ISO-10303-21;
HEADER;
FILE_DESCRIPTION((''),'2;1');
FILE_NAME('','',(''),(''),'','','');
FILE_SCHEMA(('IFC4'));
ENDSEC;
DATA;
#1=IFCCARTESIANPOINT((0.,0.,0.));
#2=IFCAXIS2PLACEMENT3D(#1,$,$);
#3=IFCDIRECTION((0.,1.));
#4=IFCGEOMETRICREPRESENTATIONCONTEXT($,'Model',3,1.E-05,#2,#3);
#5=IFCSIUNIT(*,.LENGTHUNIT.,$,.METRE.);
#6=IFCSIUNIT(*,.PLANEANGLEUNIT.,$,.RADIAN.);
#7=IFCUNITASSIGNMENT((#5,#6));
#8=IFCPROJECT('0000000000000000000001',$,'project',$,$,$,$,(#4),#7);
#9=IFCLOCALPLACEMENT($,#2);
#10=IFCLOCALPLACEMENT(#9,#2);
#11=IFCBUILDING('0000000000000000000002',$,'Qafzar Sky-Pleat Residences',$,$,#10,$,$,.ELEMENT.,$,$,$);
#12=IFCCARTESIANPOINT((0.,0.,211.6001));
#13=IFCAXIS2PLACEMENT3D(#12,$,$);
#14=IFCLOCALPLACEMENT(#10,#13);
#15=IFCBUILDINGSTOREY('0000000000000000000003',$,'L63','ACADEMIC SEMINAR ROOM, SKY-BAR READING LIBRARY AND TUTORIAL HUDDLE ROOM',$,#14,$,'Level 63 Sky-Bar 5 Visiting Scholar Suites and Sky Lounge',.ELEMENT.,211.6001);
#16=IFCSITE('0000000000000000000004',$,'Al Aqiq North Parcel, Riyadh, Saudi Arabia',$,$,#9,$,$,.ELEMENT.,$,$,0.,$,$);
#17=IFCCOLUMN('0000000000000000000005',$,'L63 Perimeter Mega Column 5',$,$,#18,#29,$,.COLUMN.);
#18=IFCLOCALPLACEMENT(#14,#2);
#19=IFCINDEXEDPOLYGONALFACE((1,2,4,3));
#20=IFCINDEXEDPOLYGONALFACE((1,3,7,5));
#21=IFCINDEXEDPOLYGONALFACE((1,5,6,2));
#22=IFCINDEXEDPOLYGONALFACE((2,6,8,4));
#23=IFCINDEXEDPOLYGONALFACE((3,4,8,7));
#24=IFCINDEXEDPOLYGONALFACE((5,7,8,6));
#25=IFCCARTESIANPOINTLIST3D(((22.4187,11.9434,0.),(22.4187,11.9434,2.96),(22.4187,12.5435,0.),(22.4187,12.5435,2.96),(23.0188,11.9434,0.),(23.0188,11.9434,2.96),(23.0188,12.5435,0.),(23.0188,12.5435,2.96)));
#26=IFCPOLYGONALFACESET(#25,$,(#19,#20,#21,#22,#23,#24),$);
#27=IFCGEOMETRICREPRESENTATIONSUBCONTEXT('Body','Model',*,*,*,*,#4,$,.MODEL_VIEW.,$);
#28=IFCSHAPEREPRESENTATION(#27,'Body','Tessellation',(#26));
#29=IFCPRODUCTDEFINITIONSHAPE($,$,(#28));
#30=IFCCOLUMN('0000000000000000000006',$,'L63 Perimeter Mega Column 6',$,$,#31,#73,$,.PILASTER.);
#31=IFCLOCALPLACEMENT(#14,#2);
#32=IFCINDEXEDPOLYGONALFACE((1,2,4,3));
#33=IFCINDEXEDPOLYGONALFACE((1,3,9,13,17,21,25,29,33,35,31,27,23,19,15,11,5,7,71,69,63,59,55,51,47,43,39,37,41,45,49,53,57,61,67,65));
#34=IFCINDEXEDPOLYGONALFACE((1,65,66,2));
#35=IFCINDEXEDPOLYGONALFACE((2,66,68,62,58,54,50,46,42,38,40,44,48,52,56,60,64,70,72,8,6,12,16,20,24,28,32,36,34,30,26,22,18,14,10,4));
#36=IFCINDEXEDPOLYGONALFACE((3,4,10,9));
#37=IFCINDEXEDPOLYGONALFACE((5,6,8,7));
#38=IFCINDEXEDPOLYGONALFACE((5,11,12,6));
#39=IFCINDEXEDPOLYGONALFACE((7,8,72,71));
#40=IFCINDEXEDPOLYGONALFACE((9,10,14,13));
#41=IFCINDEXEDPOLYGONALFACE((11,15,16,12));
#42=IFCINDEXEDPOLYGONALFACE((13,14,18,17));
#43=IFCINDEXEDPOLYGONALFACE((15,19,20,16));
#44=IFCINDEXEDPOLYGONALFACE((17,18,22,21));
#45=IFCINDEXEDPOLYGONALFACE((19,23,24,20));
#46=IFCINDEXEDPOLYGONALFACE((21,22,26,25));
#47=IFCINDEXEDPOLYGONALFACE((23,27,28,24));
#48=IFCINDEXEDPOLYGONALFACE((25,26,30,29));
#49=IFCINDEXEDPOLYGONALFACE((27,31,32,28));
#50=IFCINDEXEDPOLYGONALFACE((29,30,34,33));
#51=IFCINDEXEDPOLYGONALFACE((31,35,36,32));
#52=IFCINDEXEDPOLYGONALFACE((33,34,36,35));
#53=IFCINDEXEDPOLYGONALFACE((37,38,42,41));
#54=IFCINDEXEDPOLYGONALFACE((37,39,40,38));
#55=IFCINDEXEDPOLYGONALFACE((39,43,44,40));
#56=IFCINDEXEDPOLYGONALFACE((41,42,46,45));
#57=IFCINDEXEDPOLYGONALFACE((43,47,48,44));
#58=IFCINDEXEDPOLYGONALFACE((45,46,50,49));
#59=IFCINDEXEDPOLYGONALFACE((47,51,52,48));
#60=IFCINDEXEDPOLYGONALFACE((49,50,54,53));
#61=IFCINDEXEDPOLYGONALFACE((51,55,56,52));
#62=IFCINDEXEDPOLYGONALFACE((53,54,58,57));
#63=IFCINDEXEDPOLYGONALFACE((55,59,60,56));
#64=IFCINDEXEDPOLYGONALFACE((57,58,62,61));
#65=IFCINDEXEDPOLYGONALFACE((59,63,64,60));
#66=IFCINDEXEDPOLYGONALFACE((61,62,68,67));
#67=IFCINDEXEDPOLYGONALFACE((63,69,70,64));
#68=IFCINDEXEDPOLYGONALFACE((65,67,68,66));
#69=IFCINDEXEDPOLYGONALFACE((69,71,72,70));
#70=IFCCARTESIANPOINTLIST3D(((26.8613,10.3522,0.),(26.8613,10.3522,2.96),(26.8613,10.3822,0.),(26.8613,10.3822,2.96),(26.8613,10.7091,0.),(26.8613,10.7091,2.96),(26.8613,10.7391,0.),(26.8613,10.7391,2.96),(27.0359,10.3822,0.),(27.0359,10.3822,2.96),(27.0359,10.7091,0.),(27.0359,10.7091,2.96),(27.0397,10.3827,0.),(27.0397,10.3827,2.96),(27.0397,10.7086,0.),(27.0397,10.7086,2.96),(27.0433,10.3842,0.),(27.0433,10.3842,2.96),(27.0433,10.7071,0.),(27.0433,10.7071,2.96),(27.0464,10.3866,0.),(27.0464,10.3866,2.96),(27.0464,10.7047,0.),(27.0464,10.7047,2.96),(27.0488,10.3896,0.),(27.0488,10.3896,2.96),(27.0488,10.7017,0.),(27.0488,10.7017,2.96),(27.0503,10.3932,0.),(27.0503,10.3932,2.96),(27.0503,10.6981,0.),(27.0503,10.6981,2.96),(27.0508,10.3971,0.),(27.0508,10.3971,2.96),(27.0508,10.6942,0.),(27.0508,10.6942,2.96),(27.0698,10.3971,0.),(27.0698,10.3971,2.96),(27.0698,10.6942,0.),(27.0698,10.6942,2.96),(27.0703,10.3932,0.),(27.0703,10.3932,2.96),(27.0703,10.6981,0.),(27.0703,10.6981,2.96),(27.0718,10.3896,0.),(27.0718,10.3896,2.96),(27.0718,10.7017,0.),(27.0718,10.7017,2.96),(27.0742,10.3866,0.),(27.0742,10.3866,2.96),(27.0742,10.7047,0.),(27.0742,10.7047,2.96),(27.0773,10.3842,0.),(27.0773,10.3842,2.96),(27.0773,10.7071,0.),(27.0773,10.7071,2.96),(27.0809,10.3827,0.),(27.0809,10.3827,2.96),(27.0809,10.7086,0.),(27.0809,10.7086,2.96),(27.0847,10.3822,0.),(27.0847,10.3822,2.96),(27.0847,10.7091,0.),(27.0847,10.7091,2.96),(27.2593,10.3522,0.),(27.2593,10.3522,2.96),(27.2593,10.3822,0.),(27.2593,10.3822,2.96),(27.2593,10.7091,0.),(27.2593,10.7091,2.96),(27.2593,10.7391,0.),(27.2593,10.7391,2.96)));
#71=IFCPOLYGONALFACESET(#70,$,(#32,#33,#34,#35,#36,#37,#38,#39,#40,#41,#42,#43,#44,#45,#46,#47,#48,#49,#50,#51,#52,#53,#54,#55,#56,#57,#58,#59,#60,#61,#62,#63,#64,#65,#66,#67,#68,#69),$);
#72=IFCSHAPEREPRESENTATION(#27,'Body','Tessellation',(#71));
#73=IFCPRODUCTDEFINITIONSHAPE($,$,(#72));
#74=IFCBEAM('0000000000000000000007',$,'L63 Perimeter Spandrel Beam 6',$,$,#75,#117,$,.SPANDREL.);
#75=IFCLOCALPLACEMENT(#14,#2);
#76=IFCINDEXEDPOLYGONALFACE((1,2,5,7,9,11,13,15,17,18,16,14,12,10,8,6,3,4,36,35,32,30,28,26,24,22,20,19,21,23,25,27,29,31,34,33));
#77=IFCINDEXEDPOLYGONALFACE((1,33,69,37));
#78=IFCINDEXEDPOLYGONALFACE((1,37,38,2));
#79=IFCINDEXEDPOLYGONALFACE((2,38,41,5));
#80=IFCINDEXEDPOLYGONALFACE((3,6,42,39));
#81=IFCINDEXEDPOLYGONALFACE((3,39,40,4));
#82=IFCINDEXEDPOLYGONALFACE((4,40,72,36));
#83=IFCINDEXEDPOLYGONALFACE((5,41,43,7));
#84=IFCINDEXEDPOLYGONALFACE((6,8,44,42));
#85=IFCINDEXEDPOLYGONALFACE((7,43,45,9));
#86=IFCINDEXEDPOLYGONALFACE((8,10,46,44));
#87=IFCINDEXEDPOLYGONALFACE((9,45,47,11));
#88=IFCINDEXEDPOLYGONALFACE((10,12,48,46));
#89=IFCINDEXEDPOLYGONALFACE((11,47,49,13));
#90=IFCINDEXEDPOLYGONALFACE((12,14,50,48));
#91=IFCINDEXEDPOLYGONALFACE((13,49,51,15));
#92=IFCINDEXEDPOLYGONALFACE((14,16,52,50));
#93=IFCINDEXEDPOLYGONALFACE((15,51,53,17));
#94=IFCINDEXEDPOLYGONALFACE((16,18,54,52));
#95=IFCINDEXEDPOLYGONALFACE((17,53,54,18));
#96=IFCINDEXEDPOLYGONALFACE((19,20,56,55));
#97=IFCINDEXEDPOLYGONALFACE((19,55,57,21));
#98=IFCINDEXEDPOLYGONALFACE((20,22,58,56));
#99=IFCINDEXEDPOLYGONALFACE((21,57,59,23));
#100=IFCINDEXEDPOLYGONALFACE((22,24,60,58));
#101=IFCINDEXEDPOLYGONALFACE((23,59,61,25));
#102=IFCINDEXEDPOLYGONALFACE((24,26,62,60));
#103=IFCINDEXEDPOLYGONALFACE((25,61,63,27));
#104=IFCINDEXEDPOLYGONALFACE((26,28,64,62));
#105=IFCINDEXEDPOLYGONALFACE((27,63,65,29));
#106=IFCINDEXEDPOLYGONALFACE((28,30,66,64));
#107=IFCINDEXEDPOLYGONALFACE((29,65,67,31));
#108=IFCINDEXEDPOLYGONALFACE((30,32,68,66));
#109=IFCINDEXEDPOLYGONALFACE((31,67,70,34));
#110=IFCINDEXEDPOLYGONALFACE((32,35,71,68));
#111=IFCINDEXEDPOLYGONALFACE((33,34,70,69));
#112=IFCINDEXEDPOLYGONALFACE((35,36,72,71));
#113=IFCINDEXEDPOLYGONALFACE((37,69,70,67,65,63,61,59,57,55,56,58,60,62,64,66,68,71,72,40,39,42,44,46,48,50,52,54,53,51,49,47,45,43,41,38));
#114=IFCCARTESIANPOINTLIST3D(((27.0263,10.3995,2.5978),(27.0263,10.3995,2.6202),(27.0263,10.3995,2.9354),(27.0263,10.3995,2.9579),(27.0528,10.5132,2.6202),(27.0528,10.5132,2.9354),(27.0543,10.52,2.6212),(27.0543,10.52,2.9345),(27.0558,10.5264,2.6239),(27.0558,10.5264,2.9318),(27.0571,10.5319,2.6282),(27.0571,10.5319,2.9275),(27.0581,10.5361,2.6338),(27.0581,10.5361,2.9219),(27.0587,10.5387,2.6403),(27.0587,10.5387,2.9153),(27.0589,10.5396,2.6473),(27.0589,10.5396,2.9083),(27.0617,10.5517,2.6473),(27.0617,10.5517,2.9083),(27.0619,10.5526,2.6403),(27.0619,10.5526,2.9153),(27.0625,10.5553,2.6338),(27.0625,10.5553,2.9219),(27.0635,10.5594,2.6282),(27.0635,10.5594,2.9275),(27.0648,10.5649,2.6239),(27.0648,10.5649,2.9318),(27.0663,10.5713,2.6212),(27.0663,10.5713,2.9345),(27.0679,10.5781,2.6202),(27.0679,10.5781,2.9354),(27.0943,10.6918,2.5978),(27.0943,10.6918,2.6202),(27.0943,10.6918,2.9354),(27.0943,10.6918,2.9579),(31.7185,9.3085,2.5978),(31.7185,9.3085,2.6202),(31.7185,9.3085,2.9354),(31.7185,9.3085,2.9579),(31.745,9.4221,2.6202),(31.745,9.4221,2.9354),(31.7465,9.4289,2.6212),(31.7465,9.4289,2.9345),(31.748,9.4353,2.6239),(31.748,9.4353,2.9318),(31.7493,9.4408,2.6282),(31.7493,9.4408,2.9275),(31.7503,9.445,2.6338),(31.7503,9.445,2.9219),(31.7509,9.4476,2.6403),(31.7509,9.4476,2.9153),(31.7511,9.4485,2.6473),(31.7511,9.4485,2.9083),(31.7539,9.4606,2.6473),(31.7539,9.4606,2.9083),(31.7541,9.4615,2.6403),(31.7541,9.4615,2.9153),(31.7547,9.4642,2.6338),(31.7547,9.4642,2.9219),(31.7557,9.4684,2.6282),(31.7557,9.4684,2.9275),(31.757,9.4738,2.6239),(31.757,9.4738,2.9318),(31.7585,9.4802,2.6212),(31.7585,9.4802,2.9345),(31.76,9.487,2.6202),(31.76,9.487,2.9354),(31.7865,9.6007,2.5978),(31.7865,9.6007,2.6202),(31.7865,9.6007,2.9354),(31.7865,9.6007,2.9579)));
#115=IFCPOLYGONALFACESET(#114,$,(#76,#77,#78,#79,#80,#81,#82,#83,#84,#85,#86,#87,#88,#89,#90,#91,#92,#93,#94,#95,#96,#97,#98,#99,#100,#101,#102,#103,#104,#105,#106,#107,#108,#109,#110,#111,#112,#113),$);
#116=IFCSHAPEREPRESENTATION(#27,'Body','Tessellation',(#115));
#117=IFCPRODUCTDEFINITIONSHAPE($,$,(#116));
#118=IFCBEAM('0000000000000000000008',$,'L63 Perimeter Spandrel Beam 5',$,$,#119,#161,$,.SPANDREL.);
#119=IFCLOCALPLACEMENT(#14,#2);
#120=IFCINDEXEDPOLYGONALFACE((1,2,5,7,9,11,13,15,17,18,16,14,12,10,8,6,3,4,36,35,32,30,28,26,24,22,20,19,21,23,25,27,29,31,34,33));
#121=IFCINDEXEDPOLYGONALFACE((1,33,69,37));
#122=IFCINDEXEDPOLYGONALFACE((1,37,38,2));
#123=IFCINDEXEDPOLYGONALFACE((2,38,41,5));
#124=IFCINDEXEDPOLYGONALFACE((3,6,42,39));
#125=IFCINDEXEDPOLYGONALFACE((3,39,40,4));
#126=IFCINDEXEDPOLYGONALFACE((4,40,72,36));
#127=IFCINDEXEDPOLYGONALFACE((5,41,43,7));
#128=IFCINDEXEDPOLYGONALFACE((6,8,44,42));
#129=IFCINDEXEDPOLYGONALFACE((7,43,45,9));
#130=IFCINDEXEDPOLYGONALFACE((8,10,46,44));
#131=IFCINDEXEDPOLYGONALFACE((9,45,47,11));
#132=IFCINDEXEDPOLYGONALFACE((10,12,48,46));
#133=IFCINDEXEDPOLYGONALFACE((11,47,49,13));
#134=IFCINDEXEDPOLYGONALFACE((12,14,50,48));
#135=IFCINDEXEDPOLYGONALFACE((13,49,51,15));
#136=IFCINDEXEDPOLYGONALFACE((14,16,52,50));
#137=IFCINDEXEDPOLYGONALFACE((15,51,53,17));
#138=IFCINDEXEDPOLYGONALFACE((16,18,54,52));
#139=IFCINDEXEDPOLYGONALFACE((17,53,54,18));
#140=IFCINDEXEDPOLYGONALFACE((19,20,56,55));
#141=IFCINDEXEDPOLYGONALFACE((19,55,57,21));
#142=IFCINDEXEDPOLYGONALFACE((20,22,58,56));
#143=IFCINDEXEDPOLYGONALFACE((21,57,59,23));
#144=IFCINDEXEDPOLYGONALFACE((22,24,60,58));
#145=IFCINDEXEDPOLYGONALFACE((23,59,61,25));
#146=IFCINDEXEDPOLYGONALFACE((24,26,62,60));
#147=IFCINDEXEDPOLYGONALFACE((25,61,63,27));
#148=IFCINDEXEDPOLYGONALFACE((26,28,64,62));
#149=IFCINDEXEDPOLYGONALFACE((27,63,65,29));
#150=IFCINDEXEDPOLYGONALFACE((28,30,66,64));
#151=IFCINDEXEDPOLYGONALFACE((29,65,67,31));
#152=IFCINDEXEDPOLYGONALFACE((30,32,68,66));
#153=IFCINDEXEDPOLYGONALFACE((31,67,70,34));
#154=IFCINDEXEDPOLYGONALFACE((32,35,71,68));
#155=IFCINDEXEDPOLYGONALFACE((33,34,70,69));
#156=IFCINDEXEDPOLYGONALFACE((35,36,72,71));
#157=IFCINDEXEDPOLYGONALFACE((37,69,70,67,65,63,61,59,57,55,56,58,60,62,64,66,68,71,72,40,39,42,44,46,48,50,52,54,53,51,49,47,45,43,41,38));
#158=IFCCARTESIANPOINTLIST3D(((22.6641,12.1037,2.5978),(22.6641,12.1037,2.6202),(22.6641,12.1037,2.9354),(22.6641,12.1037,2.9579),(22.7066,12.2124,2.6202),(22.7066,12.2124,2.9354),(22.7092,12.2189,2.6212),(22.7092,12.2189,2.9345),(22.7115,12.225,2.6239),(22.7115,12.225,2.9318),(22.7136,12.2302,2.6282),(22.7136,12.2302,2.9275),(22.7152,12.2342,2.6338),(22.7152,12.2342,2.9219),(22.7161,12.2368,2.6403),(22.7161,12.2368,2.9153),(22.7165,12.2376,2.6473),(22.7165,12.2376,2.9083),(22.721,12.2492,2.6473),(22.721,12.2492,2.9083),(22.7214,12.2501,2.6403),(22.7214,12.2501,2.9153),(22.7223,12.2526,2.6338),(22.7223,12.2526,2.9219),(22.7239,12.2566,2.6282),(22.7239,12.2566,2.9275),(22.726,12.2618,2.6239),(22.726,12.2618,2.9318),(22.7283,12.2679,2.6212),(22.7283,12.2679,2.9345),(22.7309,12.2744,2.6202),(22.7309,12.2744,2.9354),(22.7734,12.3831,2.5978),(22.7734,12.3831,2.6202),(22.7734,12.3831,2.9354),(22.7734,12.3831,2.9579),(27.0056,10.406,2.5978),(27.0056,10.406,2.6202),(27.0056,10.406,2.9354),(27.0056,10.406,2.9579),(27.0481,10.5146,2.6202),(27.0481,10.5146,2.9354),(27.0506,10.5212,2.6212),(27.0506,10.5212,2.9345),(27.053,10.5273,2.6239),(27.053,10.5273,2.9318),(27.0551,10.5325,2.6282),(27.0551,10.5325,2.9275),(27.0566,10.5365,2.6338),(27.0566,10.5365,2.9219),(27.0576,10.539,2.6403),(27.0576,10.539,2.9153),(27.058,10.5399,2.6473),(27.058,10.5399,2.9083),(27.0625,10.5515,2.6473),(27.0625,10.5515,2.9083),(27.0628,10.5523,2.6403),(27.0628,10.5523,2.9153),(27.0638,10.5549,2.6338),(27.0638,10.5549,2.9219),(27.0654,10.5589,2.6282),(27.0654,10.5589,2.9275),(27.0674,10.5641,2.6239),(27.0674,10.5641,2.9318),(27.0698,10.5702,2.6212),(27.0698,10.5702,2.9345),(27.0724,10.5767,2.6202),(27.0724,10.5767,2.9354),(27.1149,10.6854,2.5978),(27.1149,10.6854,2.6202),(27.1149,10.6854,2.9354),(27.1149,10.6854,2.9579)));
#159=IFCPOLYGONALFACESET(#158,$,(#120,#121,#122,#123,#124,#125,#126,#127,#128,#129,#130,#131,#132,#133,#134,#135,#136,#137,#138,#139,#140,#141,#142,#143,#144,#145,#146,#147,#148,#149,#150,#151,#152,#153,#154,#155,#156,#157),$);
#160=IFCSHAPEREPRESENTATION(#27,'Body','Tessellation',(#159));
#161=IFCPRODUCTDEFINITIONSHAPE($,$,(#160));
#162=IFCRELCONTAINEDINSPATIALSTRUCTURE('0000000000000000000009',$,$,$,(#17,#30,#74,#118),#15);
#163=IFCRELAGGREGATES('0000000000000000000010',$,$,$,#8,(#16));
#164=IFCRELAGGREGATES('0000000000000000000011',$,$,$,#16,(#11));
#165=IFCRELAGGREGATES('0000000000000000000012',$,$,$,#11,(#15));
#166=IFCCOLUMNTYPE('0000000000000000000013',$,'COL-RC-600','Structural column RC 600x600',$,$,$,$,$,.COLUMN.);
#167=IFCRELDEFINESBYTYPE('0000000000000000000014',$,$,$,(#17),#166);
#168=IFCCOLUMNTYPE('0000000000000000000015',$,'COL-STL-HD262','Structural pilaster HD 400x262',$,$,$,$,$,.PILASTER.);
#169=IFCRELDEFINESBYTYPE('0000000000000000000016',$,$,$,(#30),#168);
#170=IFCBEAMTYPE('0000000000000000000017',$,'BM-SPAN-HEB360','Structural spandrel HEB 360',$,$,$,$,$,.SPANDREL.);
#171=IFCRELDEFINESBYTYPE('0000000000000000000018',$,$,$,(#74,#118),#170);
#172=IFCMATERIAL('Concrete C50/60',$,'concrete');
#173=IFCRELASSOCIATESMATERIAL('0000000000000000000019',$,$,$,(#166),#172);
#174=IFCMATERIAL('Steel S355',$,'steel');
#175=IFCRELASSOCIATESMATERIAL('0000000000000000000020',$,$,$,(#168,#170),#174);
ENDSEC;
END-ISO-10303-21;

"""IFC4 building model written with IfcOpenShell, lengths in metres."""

from ifc_helpers import new_model, si_unit, direction, frame, origin, origin_2d, place, context, subcontext, project, spatial, rectangle, i_section, extrude, source, transform, mapped, material, material_profile, profile_set, type_object, element, save


model = new_model("IFC4")

# Units and contexts
model_context = context("Model", 3, precision=1e-05, world=origin(), true_north=direction((0.0, 1.0)))
body_context = subcontext(model_context, "Body", "Model", "MODEL_VIEW")
ifc_project = project(units=[si_unit("LENGTHUNIT", "METRE"), si_unit("PLANEANGLEUNIT", "RADIAN")], contexts=[model_context])

# Site, building, storey
site_placement = place(None, origin())
site = spatial("IfcSite", under=ifc_project, at=site_placement, Name="Al Aqiq North Parcel, Riyadh, Saudi Arabia", CompositionType="ELEMENT", RefElevation=0.0)
building_placement = place(site_placement, origin())
building = spatial("IfcBuilding", under=site, at=building_placement, Name="Qafzar Sky-Pleat Residences", CompositionType="ELEMENT")
storey_placement = place(building_placement, frame((0.0, 0.0, 211.6001)))
storey = spatial("IfcBuildingStorey", under=building, at=storey_placement, Name="L63", Description="ACADEMIC SEMINAR ROOM, SKY-BAR READING LIBRARY AND TUTORIAL HUDDLE ROOM", LongName="Level 63 Sky-Bar 5 Visiting Scholar Suites and Sky Lounge", CompositionType="ELEMENT", Elevation=211.6001)

# Columns
ifc_material_1 = material(Name="Concrete C50/60", Category="concrete")
ifc_material_profile_1 = material_profile(ifc_material_1, rectangle(XDim=0.6001, YDim=0.6001, at=origin_2d()), Name="RC 600x600")
ifc_profile_set_1 = profile_set([ifc_material_profile_1], Name="Concrete C50/60")
column_type_1 = type_object("IfcColumnType", Name="COL-RC-600", Description="Structural column RC 600x600", PredefinedType="COLUMN", material=ifc_profile_set_1)
shared_shape_1 = source(origin(), body_context, "Body", "SweptSolid", [
    extrude(rectangle(XDim=0.6001, YDim=0.6001, at=origin_2d()), origin(), (0.0, 0.0, 1.0), 2.96),
])
column_1_placement = place(storey_placement, frame((22.7188, 12.2434, 0.0), z_axis=(0.0, 0.0, 1.0), x_axis=(1.0, 0.0, 0.0)))
element("IfcColumn", 1, at=column_1_placement, inside=storey, type_object=column_type_1, Name="L63 Perimeter Mega Column 5", PredefinedType="COLUMN", context=body_context, shape_type="MappedRepresentation", body=[
    mapped(shared_shape_1, transform((0.0, 0.0, 0.0), x_axis=(1.0, 0.0, 0.0), y_axis=(0.0, 1.0, 0.0), z_axis=(0.0, 0.0, 1.0), scale=1.0)),
])
ifc_material_2 = material(Name="Steel S355", Category="steel")
ifc_material_profile_2 = material_profile(ifc_material_2, i_section(OverallWidth=0.3979, OverallDepth=0.387, WebThickness=0.019, FlangeThickness=0.03, FilletRadius=0.0149, at=origin_2d()), Name="HD 400x262")
ifc_profile_set_2 = profile_set([ifc_material_profile_2], Name="Steel S355")
column_type_2 = type_object("IfcColumnType", Name="COL-STL-HD262", Description="Structural pilaster HD 400x262", PredefinedType="PILASTER", material=ifc_profile_set_2)
shared_shape_2 = source(origin(), body_context, "Body", "SweptSolid", [
    extrude(i_section(OverallWidth=0.3979, OverallDepth=0.387, WebThickness=0.019, FlangeThickness=0.03, FilletRadius=0.0149, at=origin_2d()), origin(), (0.0, 0.0, 1.0), 2.96),
])
column_2_placement = place(storey_placement, frame((27.0603, 10.5457, 0.0), z_axis=(0.0, 0.0, 1.0), x_axis=(1.0, 0.0, 0.0)))
element("IfcColumn", 2, at=column_2_placement, inside=storey, type_object=column_type_2, Name="L63 Perimeter Mega Column 6", PredefinedType="PILASTER", context=body_context, shape_type="MappedRepresentation", body=[
    mapped(shared_shape_2, transform((0.0, 0.0, 0.0), x_axis=(1.0, 0.0, 0.0), y_axis=(0.0, 1.0, 0.0), z_axis=(0.0, 0.0, 1.0), scale=1.0)),
])

# Beams
ifc_material_profile_3 = material_profile(ifc_material_2, i_section(OverallWidth=0.3, OverallDepth=0.3601, WebThickness=0.0125, FlangeThickness=0.0225, FilletRadius=0.0271, at=origin_2d()), Name="HEB 360")
ifc_profile_set_3 = profile_set([ifc_material_profile_3], Name="Steel S355")
beam_type_1 = type_object("IfcBeamType", Name="BM-SPAN-HEB360", Description="Structural spandrel HEB 360", PredefinedType="SPANDREL", material=ifc_profile_set_3)
shared_shape_3 = source(origin(), body_context, "Body", "SweptSolid", [
    extrude(i_section(OverallWidth=0.3, OverallDepth=0.3601, WebThickness=0.0125, FlangeThickness=0.0225, FilletRadius=0.0271, at=origin_2d()), origin(), (0.0, 0.0, 1.0), 4.8174),
])
beam_1_placement = place(storey_placement, frame((27.0603, 10.5457, 2.7778), z_axis=(0.974014, -0.226488, 0.0), x_axis=(0.226488, 0.974014, 0.0)))
element("IfcBeam", 3, at=beam_1_placement, inside=storey, type_object=beam_type_1, Name="L63 Perimeter Spandrel Beam 6", PredefinedType="SPANDREL", context=body_context, shape_type="MappedRepresentation", body=[
    mapped(shared_shape_3, transform((0.0, 0.0, 0.0), x_axis=(1.0, 0.0, 0.0), y_axis=(0.0, 1.0, 0.0), z_axis=(0.0, 0.0, 1.0), scale=1.0)),
])
shared_shape_4 = source(origin(), body_context, "Body", "SweptSolid", [
    extrude(i_section(OverallWidth=0.3, OverallDepth=0.3601, WebThickness=0.0125, FlangeThickness=0.0225, FilletRadius=0.0271, at=origin_2d()), origin(), (0.0, 0.0, 1.0), 4.6616),
])
beam_2_placement = place(storey_placement, frame((22.7188, 12.2434, 2.7778), z_axis=(0.931324, -0.364192, 0.0), x_axis=(0.364192, 0.931324, 0.0)))
element("IfcBeam", 4, at=beam_2_placement, inside=storey, type_object=beam_type_1, Name="L63 Perimeter Spandrel Beam 5", PredefinedType="SPANDREL", context=body_context, shape_type="MappedRepresentation", body=[
    mapped(shared_shape_4, transform((0.0, 0.0, 0.0), x_axis=(1.0, 0.0, 0.0), y_axis=(0.0, 1.0, 0.0), z_axis=(0.0, 0.0, 1.0), scale=1.0)),
])

save(model, "model.ifc")
